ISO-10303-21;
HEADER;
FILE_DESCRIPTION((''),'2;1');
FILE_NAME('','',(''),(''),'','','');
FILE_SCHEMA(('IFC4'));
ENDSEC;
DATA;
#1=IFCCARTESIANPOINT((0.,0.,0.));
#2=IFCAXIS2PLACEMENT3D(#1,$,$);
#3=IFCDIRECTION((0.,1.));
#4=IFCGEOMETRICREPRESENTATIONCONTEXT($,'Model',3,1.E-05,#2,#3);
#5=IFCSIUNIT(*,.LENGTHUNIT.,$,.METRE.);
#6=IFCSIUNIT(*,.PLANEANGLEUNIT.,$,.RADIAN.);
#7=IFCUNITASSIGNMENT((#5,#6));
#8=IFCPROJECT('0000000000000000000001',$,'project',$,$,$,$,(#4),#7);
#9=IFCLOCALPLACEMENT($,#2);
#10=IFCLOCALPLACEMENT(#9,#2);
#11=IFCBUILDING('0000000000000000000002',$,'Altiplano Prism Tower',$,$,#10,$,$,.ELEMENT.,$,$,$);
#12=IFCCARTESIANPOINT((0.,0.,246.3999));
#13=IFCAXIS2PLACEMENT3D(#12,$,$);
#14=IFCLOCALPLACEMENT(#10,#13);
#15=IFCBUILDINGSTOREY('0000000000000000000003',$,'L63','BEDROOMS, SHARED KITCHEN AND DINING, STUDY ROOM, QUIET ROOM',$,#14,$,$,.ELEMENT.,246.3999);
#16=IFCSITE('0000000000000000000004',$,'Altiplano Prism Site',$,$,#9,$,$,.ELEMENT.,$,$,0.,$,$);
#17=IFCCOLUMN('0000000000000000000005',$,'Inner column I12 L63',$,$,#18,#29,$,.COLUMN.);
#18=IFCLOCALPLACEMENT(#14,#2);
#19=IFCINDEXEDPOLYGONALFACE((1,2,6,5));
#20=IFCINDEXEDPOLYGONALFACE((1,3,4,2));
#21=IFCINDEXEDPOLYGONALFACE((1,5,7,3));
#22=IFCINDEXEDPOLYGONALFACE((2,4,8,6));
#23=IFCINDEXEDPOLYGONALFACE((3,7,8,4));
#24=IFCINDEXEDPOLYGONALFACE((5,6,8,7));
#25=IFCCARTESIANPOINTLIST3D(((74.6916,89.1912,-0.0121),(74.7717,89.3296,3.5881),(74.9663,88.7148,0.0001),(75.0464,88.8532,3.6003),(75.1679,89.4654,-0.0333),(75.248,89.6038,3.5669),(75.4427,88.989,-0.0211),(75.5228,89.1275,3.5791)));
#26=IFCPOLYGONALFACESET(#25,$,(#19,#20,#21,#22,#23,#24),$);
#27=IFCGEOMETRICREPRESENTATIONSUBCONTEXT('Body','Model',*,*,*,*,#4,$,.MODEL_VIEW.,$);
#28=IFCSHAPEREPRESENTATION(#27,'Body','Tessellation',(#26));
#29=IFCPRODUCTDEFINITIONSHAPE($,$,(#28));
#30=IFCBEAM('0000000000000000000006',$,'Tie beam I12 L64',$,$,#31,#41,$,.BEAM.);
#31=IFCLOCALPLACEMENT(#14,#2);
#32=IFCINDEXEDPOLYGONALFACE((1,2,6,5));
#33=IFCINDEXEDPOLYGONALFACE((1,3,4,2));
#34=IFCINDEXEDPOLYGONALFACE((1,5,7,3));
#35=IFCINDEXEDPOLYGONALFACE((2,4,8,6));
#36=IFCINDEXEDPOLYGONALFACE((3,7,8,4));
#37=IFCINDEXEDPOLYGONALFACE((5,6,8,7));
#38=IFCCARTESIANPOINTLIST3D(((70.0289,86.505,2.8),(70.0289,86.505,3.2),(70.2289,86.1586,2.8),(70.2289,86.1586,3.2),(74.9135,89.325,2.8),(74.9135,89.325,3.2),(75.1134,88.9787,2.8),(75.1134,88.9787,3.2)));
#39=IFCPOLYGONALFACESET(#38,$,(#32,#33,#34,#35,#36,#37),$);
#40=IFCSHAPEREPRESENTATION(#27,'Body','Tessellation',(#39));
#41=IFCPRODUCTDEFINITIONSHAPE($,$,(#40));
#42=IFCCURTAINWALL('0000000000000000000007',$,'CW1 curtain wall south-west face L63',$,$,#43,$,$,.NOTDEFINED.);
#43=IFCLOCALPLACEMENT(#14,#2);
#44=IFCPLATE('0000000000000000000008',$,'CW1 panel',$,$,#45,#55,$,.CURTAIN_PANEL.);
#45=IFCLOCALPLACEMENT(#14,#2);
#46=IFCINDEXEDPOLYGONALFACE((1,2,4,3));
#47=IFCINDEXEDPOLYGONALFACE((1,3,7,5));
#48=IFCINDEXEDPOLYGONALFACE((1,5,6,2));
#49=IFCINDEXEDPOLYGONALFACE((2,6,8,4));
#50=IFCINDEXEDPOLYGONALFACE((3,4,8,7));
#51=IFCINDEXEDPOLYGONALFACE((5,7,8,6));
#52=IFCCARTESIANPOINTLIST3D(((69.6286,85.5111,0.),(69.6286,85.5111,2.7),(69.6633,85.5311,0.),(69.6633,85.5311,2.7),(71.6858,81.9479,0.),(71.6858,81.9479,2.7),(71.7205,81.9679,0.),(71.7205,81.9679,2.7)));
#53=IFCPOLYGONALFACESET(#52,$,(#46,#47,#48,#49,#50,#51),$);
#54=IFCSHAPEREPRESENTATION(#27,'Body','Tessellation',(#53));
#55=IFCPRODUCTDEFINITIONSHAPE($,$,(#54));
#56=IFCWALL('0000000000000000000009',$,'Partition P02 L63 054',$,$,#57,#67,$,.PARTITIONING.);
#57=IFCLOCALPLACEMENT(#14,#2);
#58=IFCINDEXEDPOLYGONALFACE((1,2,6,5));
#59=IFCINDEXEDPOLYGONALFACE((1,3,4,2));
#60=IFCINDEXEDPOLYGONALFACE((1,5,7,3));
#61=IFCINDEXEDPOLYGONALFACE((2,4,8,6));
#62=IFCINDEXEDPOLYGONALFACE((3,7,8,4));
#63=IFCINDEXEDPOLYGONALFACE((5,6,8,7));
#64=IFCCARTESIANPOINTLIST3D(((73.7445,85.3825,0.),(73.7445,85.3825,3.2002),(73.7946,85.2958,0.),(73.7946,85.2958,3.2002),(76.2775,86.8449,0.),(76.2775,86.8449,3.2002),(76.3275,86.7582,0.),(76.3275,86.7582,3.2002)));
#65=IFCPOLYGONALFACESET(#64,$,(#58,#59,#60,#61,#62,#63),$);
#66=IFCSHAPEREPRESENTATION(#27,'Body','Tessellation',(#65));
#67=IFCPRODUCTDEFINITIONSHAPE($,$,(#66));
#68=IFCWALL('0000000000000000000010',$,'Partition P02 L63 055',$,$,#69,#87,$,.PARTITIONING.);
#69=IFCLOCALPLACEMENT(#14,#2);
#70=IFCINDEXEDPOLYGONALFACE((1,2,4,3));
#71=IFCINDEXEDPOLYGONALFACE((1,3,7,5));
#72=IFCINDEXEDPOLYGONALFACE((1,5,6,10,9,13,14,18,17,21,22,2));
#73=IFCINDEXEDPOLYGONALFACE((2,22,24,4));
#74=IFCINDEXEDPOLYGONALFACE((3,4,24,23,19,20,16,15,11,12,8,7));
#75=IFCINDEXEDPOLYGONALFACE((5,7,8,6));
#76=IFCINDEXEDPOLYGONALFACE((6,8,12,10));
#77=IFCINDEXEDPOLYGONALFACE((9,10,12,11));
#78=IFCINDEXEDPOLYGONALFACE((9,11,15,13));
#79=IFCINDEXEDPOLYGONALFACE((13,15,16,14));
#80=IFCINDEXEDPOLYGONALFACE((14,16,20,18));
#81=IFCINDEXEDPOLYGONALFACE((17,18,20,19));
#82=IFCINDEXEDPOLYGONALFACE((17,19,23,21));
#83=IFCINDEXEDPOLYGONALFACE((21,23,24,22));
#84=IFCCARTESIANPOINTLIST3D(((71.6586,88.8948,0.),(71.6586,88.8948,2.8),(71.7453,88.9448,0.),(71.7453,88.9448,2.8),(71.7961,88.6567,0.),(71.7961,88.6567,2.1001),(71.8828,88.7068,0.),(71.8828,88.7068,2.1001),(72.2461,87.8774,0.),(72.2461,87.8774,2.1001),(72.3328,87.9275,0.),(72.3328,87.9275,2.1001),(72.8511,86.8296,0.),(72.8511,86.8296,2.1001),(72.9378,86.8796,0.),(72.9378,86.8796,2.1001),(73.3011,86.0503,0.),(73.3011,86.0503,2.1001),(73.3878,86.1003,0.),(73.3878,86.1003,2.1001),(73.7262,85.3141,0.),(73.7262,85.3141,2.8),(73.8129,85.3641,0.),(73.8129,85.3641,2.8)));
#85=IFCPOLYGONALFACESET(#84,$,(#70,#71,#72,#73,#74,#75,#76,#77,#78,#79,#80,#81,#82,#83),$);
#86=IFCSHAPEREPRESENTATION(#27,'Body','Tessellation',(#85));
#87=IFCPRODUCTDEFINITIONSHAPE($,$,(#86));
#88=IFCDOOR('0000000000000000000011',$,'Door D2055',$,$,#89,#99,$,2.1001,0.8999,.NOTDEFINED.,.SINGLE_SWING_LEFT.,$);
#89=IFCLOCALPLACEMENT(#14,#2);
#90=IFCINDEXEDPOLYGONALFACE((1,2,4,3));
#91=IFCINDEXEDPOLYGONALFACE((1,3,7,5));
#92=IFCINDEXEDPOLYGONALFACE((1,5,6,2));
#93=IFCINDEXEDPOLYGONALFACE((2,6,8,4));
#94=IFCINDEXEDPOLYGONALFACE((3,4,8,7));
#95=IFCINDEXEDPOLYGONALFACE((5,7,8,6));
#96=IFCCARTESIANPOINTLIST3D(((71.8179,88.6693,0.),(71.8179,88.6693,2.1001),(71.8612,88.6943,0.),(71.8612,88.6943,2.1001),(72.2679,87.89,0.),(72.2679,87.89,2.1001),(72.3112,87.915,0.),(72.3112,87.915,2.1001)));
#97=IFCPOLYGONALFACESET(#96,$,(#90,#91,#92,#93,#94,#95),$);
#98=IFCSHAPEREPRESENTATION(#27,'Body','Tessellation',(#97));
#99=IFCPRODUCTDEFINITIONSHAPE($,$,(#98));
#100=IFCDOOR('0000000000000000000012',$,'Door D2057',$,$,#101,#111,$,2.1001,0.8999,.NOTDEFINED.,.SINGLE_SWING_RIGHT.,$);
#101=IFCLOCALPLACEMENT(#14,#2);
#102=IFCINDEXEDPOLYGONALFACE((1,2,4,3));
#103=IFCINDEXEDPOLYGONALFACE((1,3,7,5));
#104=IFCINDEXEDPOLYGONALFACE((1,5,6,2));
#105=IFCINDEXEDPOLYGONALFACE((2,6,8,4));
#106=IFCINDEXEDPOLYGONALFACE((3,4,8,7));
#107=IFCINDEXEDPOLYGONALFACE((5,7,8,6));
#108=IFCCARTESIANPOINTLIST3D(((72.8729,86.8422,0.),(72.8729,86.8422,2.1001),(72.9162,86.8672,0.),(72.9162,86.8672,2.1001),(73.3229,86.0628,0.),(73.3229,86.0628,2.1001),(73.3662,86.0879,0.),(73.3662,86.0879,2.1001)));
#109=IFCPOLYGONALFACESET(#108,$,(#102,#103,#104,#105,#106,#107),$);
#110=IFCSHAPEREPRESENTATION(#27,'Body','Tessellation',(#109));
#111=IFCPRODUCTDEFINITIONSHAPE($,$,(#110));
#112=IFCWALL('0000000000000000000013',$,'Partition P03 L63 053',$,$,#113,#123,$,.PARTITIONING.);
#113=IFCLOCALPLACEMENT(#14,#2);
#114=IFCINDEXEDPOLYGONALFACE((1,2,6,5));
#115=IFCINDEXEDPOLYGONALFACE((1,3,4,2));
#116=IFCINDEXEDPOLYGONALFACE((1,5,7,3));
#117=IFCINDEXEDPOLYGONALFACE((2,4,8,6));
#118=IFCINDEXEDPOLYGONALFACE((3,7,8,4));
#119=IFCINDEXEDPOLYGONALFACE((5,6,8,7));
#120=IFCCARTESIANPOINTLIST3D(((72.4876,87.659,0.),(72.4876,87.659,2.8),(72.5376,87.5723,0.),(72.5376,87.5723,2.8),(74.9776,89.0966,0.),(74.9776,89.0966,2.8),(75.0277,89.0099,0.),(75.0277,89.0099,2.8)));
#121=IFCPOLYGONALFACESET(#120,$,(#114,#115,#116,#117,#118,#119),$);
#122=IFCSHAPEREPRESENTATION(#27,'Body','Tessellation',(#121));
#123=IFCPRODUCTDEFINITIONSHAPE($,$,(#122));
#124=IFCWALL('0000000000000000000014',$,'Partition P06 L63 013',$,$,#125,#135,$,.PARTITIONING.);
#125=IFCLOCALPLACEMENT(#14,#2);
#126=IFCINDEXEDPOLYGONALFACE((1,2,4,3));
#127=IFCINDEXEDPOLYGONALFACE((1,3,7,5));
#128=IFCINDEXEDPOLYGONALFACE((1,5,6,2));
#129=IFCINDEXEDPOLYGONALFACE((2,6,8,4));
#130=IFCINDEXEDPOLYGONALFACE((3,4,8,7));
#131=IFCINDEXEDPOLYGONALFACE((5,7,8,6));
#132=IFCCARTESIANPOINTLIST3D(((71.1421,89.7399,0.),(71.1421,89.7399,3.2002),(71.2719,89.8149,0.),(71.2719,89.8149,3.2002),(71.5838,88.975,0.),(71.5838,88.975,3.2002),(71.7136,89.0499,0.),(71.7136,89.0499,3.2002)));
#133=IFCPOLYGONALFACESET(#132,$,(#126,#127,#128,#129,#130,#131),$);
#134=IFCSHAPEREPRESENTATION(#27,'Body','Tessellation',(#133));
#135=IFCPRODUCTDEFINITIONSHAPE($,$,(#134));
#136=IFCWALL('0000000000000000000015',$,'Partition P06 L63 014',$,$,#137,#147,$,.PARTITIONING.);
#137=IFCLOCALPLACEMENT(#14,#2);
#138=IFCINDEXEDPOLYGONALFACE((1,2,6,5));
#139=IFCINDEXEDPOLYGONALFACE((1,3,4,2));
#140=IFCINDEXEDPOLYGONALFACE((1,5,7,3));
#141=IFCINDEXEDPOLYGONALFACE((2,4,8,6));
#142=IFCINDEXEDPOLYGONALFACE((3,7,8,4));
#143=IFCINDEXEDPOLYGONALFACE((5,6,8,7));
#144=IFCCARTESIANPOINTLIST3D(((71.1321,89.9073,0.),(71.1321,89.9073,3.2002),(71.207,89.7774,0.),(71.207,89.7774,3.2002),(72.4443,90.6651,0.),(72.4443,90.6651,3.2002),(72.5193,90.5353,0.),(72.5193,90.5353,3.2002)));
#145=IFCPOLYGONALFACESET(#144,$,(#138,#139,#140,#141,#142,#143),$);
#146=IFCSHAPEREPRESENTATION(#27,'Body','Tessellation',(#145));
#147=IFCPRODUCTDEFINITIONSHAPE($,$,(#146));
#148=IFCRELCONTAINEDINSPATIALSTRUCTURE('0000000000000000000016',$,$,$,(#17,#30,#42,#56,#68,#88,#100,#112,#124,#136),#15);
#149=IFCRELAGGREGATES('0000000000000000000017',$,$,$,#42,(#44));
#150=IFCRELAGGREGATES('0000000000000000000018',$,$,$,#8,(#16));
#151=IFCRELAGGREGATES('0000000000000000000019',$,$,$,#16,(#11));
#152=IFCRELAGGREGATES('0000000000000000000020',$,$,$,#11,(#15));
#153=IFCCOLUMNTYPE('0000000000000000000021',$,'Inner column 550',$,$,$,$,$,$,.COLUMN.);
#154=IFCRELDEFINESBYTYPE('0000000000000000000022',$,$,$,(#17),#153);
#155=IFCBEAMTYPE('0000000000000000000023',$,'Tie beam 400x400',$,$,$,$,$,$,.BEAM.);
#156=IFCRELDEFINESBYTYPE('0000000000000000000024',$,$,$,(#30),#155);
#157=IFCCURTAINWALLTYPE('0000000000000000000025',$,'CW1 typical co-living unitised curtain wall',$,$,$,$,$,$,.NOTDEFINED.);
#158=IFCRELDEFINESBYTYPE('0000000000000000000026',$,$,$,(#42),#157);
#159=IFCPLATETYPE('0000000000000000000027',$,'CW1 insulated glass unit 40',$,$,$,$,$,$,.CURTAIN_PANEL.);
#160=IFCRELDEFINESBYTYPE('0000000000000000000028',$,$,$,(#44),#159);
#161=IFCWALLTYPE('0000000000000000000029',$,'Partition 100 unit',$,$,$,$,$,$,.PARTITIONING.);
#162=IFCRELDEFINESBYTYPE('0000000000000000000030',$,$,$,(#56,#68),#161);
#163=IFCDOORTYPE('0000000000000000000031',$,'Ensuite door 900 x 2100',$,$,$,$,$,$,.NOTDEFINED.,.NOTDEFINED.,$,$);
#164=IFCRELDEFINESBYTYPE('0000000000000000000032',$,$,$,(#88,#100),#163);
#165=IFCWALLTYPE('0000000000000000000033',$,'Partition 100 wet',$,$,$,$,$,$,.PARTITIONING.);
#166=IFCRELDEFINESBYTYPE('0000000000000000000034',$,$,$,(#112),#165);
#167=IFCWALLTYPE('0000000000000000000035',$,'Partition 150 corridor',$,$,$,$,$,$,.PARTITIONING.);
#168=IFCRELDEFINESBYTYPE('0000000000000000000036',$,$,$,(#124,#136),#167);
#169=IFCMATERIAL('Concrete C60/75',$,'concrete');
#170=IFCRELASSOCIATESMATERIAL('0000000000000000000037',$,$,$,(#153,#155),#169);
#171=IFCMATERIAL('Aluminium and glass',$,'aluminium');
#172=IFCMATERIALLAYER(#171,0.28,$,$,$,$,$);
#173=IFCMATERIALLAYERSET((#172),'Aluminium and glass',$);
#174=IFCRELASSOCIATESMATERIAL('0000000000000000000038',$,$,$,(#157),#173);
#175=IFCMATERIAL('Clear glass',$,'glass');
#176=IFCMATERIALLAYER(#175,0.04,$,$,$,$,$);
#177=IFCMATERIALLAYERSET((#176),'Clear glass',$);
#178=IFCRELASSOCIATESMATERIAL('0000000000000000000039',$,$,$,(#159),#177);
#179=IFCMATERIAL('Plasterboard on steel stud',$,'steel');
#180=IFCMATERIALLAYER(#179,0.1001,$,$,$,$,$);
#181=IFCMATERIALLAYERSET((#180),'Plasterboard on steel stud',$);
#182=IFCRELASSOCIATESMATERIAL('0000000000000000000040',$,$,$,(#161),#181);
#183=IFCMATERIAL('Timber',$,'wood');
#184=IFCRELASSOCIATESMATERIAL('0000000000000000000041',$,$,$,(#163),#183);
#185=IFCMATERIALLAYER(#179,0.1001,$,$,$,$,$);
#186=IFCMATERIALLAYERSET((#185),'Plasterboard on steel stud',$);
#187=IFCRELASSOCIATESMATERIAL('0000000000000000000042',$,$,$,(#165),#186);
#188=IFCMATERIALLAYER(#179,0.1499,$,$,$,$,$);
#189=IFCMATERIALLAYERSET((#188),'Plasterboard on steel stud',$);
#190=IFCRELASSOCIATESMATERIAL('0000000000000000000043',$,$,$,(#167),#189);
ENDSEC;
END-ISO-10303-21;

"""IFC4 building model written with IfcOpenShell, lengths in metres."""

from ifc_helpers import new_model, si_unit, direction, frame, frame_2d, origin, origin_2d, place, context, subcontext, project, spatial, rectangle, extrude, material, layer, layer_set, material_profile, profile_set, type_object, element, fill, aggregate, save


model = new_model("IFC4")

# Units and contexts
model_context = context("Model", 3, precision=1e-05, world=origin(), true_north=direction((0.0, 1.0)))
body_context = subcontext(model_context, "Body", "Model", "MODEL_VIEW")
ifc_project = project(units=[si_unit("LENGTHUNIT", "METRE"), si_unit("PLANEANGLEUNIT", "RADIAN")], contexts=[model_context])

# Site, building, storey
site_placement = place(None, origin())
site = spatial("IfcSite", under=ifc_project, at=site_placement, Name="Altiplano Prism Site", CompositionType="ELEMENT", RefElevation=0.0)
building_placement = place(site_placement, origin())
building = spatial("IfcBuilding", under=site, at=building_placement, Name="Altiplano Prism Tower", CompositionType="ELEMENT")
storey_placement = place(building_placement, frame((0.0, 0.0, 246.3999)))
storey = spatial("IfcBuildingStorey", under=building, at=storey_placement, Name="L63", Description="BEDROOMS, SHARED KITCHEN AND DINING, STUDY ROOM, QUIET ROOM", CompositionType="ELEMENT", Elevation=246.3999)

# Column
ifc_material_1 = material(Name="Concrete C60/75", Category="concrete")
ifc_material_profile_1 = material_profile(ifc_material_1, rectangle(XDim=0.55, YDim=0.55, at=origin_2d()), Name="Inner column 550")
ifc_profile_set_1 = profile_set([ifc_material_profile_1], Name="Concrete C60/75")
column_type = type_object("IfcColumnType", Name="Inner column 550", PredefinedType="COLUMN", material=ifc_profile_set_1)
column_placement = place(storey_placement, frame((75.0671, 89.0901, -0.0166), z_axis=(0.022221, 0.038413, 0.999015), x_axis=(-0.866019, -0.498532, 0.038432)))
element("IfcColumn", 1, at=column_placement, inside=storey, type_object=column_type, Name="Inner column I12 L63", PredefinedType="COLUMN", context=body_context, shape_type="SweptSolid", body=[
    extrude(rectangle(XDim=0.55, YDim=0.55, at=origin_2d()), origin(), (0.0, 0.0, 1.0), 3.6038),
])

# Beam
ifc_material_profile_2 = material_profile(ifc_material_1, rectangle(XDim=0.3999, YDim=0.3999, at=origin_2d()), Name="Tie beam 400x400")
ifc_profile_set_2 = profile_set([ifc_material_profile_2], Name="Concrete C60/75")
beam_type = type_object("IfcBeamType", Name="Tie beam 400x400", PredefinedType="BEAM", material=ifc_profile_set_2)
beam_placement = place(storey_placement, frame((75.0134, 89.1519, 3.0), z_axis=(-0.866026, -0.499998, 0.0), x_axis=(0.499998, -0.866026, 0.0)))
element("IfcBeam", 2, at=beam_placement, inside=storey, type_object=beam_type, Name="Tie beam I12 L64", PredefinedType="BEAM", context=body_context, shape_type="SweptSolid", body=[
    extrude(rectangle(XDim=0.3999, YDim=0.3999, at=origin_2d()), origin(), (0.0, 0.0, 1.0), 5.6401),
])

# Curtain wall, plate
ifc_material_2 = material(Name="Aluminium and glass", Category="aluminium")
ifc_layer_1 = layer(ifc_material_2, 0.28)
ifc_layer_set_1 = layer_set([ifc_layer_1], Name="Aluminium and glass")
curtain_wall_type = type_object("IfcCurtainWallType", Name="CW1 typical co-living unitised curtain wall", PredefinedType="NOTDEFINED", material=ifc_layer_set_1)
curtain_wall_placement = place(storey_placement, origin())
curtain_wall = element("IfcCurtainWall", 3, at=curtain_wall_placement, inside=storey, type_object=curtain_wall_type, Name="CW1 curtain wall south-west face L63", PredefinedType="NOTDEFINED")
ifc_material_3 = material(Name="Clear glass", Category="glass")
ifc_layer_2 = layer(ifc_material_3, 0.04)
ifc_layer_set_2 = layer_set([ifc_layer_2], Name="Clear glass")
plate_type = type_object("IfcPlateType", Name="CW1 insulated glass unit 40", PredefinedType="CURTAIN_PANEL", material=ifc_layer_set_2)
plate_placement = place(storey_placement, frame((70.6746, 83.7395, 0.0), z_axis=(0.0, 0.0, 1.0), x_axis=(0.5, -0.866025, 0.0)))
plate = element("IfcPlate", 4, at=plate_placement, type_object=plate_type, Name="CW1 panel", PredefinedType="CURTAIN_PANEL", context=body_context, shape_type="SweptSolid", body=[
    extrude(rectangle(XDim=4.1145, YDim=0.04, at=origin_2d()), origin(), (0.0, 0.0, 1.0), 2.7),
])
aggregate(curtain_wall, [plate])

# Wall
ifc_material_4 = material(Name="Plasterboard on steel stud", Category="steel")
ifc_layer_3 = layer(ifc_material_4, 0.1001)
ifc_layer_set_3 = layer_set([ifc_layer_3], Name="Plasterboard on steel stud")
wall_type_1 = type_object("IfcWallType", Name="Partition 100 unit", PredefinedType="PARTITIONING", material=ifc_layer_set_3)
wall_1_placement = place(storey_placement, frame((76.3025, 86.8015, 0.0), z_axis=(0.0, 0.0, 1.0), x_axis=(-0.866026, -0.499999, 0.0)))
element("IfcWall", 5, at=wall_1_placement, inside=storey, type_object=wall_type_1, Name="Partition P02 L63 054", PredefinedType="PARTITIONING", context=body_context, shape_type="SweptSolid", body=[
    extrude(rectangle(XDim=2.9248, YDim=0.1001, at=frame_2d((1.4624, 0.0))), origin(), (0.0, 0.0, 1.0), 3.2002),
])

# Wall, openings, doors
wall_2_placement = place(storey_placement, frame((73.7695, 85.3391, 0.0), z_axis=(0.0, 0.0, 1.0), x_axis=(-0.500044, 0.866, 0.0)))
wall_2 = element("IfcWall", 6, at=wall_2_placement, inside=storey, type_object=wall_type_1, Name="Partition P02 L63 055", PredefinedType="PARTITIONING", context=body_context, shape_type="SweptSolid", body=[
    extrude(rectangle(XDim=4.1348, YDim=0.1001, at=frame_2d((2.0674, 0.0))), origin(), (0.0, 0.0, 1.0), 2.8),
])
opening_1_placement = place(wall_2_placement, frame((2.96, 0.0, 0.0)))
opening_1 = element("IfcOpeningElement", 7, at=opening_1_placement, cuts=wall_2, PredefinedType="OPENING", context=body_context, shape_type="SweptSolid", body=[
    extrude(rectangle(XDim=0.8999, YDim=2.1001, at=frame_2d((0.45, 1.05))), frame((0.0, 0.0605, 0.0), z_axis=(0.0, -1.0, 0.0), x_axis=(1.0, 0.0, 0.0)), (0.0, 0.0, 1.0), 0.1211),
])
opening_2_placement = place(wall_2_placement, frame((0.8501, 0.0, 0.0)))
opening_2 = element("IfcOpeningElement", 8, at=opening_2_placement, cuts=wall_2, PredefinedType="OPENING", context=body_context, shape_type="SweptSolid", body=[
    extrude(rectangle(XDim=0.8999, YDim=2.1001, at=frame_2d((0.45, 1.05))), frame((0.0, 0.0605, 0.0), z_axis=(0.0, -1.0, 0.0), x_axis=(1.0, 0.0, 0.0)), (0.0, 0.0, 1.0), 0.1211),
])
ifc_material_5 = material(Name="Timber", Category="wood")
door_type = type_object("IfcDoorType", Name="Ensuite door 900 x 2100", OperationType="NOTDEFINED", PredefinedType="NOTDEFINED", material=ifc_material_5)
door_1_placement = place(opening_1_placement, origin())
door_1 = element("IfcDoor", 9, at=door_1_placement, inside=storey, type_object=door_type, Name="Door D2055", OperationType="SINGLE_SWING_LEFT", OverallHeight=2.1001, OverallWidth=0.8999, PredefinedType="NOTDEFINED", context=body_context, shape_type="SweptSolid", body=[
    extrude(rectangle(XDim=0.8999, YDim=2.1001, at=frame_2d((0.45, 1.05))), frame((0.0, 0.0249, 0.0), z_axis=(0.0, -1.0, 0.0), x_axis=(1.0, 0.0, 0.0)), (0.0, 0.0, 1.0), 0.05),
])
fill(opening_1, door_1)
door_2_placement = place(opening_2_placement, origin())
door_2 = element("IfcDoor", 10, at=door_2_placement, inside=storey, type_object=door_type, Name="Door D2057", OperationType="SINGLE_SWING_RIGHT", OverallHeight=2.1001, OverallWidth=0.8999, PredefinedType="NOTDEFINED", context=body_context, shape_type="SweptSolid", body=[
    extrude(rectangle(XDim=0.8999, YDim=2.1001, at=frame_2d((0.45, 1.05))), frame((0.0, 0.0249, 0.0), z_axis=(0.0, -1.0, 0.0), x_axis=(1.0, 0.0, 0.0)), (0.0, 0.0, 1.0), 0.05),
])
fill(opening_2, door_2)

# Walls
ifc_layer_4 = layer(ifc_material_4, 0.1001)
ifc_layer_set_4 = layer_set([ifc_layer_4], Name="Plasterboard on steel stud")
wall_type_2 = type_object("IfcWallType", Name="Partition 100 wet", PredefinedType="PARTITIONING", material=ifc_layer_set_4)
wall_3_placement = place(storey_placement, frame((72.5127, 87.6157, 0.0), z_axis=(0.0, 0.0, 1.0), x_axis=(0.86604, 0.499975, 0.0)))
element("IfcWall", 11, at=wall_3_placement, inside=storey, type_object=wall_type_2, Name="Partition P03 L63 053", PredefinedType="PARTITIONING", context=body_context, shape_type="SweptSolid", body=[
    extrude(rectangle(XDim=2.8752, YDim=0.1001, at=frame_2d((1.4375, 0.0))), origin(), (0.0, 0.0, 1.0), 2.8),
])
ifc_layer_5 = layer(ifc_material_4, 0.1499)
ifc_layer_set_5 = layer_set([ifc_layer_5], Name="Plasterboard on steel stud")
wall_type_3 = type_object("IfcWallType", Name="Partition 150 corridor", PredefinedType="PARTITIONING", material=ifc_layer_set_5)
wall_4_placement = place(storey_placement, frame((71.6487, 89.0125, 0.0), z_axis=(0.0, 0.0, 1.0), x_axis=(-0.500034, 0.866006, 0.0)))
element("IfcWall", 12, at=wall_4_placement, inside=storey, type_object=wall_type_3, Name="Partition P06 L63 013", PredefinedType="PARTITIONING", context=body_context, shape_type="SweptSolid", body=[
    extrude(rectangle(XDim=0.8833, YDim=0.1499, at=frame_2d((0.4417, 0.0))), origin(), (0.0, 0.0, 1.0), 3.2002),
])
wall_5_placement = place(storey_placement, frame((71.1694, 89.8423, 0.0), z_axis=(0.0, 0.0, 1.0), x_axis=(0.865974, 0.50009, 0.0)))
element("IfcWall", 13, at=wall_5_placement, inside=storey, type_object=wall_type_3, Name="Partition P06 L63 014", PredefinedType="PARTITIONING", context=body_context, shape_type="SweptSolid", body=[
    extrude(rectangle(XDim=1.5154, YDim=0.1499, at=frame_2d((0.7578, 0.0))), origin(), (0.0, 0.0, 1.0), 3.2002),
])

save(model, "model.ifc")
